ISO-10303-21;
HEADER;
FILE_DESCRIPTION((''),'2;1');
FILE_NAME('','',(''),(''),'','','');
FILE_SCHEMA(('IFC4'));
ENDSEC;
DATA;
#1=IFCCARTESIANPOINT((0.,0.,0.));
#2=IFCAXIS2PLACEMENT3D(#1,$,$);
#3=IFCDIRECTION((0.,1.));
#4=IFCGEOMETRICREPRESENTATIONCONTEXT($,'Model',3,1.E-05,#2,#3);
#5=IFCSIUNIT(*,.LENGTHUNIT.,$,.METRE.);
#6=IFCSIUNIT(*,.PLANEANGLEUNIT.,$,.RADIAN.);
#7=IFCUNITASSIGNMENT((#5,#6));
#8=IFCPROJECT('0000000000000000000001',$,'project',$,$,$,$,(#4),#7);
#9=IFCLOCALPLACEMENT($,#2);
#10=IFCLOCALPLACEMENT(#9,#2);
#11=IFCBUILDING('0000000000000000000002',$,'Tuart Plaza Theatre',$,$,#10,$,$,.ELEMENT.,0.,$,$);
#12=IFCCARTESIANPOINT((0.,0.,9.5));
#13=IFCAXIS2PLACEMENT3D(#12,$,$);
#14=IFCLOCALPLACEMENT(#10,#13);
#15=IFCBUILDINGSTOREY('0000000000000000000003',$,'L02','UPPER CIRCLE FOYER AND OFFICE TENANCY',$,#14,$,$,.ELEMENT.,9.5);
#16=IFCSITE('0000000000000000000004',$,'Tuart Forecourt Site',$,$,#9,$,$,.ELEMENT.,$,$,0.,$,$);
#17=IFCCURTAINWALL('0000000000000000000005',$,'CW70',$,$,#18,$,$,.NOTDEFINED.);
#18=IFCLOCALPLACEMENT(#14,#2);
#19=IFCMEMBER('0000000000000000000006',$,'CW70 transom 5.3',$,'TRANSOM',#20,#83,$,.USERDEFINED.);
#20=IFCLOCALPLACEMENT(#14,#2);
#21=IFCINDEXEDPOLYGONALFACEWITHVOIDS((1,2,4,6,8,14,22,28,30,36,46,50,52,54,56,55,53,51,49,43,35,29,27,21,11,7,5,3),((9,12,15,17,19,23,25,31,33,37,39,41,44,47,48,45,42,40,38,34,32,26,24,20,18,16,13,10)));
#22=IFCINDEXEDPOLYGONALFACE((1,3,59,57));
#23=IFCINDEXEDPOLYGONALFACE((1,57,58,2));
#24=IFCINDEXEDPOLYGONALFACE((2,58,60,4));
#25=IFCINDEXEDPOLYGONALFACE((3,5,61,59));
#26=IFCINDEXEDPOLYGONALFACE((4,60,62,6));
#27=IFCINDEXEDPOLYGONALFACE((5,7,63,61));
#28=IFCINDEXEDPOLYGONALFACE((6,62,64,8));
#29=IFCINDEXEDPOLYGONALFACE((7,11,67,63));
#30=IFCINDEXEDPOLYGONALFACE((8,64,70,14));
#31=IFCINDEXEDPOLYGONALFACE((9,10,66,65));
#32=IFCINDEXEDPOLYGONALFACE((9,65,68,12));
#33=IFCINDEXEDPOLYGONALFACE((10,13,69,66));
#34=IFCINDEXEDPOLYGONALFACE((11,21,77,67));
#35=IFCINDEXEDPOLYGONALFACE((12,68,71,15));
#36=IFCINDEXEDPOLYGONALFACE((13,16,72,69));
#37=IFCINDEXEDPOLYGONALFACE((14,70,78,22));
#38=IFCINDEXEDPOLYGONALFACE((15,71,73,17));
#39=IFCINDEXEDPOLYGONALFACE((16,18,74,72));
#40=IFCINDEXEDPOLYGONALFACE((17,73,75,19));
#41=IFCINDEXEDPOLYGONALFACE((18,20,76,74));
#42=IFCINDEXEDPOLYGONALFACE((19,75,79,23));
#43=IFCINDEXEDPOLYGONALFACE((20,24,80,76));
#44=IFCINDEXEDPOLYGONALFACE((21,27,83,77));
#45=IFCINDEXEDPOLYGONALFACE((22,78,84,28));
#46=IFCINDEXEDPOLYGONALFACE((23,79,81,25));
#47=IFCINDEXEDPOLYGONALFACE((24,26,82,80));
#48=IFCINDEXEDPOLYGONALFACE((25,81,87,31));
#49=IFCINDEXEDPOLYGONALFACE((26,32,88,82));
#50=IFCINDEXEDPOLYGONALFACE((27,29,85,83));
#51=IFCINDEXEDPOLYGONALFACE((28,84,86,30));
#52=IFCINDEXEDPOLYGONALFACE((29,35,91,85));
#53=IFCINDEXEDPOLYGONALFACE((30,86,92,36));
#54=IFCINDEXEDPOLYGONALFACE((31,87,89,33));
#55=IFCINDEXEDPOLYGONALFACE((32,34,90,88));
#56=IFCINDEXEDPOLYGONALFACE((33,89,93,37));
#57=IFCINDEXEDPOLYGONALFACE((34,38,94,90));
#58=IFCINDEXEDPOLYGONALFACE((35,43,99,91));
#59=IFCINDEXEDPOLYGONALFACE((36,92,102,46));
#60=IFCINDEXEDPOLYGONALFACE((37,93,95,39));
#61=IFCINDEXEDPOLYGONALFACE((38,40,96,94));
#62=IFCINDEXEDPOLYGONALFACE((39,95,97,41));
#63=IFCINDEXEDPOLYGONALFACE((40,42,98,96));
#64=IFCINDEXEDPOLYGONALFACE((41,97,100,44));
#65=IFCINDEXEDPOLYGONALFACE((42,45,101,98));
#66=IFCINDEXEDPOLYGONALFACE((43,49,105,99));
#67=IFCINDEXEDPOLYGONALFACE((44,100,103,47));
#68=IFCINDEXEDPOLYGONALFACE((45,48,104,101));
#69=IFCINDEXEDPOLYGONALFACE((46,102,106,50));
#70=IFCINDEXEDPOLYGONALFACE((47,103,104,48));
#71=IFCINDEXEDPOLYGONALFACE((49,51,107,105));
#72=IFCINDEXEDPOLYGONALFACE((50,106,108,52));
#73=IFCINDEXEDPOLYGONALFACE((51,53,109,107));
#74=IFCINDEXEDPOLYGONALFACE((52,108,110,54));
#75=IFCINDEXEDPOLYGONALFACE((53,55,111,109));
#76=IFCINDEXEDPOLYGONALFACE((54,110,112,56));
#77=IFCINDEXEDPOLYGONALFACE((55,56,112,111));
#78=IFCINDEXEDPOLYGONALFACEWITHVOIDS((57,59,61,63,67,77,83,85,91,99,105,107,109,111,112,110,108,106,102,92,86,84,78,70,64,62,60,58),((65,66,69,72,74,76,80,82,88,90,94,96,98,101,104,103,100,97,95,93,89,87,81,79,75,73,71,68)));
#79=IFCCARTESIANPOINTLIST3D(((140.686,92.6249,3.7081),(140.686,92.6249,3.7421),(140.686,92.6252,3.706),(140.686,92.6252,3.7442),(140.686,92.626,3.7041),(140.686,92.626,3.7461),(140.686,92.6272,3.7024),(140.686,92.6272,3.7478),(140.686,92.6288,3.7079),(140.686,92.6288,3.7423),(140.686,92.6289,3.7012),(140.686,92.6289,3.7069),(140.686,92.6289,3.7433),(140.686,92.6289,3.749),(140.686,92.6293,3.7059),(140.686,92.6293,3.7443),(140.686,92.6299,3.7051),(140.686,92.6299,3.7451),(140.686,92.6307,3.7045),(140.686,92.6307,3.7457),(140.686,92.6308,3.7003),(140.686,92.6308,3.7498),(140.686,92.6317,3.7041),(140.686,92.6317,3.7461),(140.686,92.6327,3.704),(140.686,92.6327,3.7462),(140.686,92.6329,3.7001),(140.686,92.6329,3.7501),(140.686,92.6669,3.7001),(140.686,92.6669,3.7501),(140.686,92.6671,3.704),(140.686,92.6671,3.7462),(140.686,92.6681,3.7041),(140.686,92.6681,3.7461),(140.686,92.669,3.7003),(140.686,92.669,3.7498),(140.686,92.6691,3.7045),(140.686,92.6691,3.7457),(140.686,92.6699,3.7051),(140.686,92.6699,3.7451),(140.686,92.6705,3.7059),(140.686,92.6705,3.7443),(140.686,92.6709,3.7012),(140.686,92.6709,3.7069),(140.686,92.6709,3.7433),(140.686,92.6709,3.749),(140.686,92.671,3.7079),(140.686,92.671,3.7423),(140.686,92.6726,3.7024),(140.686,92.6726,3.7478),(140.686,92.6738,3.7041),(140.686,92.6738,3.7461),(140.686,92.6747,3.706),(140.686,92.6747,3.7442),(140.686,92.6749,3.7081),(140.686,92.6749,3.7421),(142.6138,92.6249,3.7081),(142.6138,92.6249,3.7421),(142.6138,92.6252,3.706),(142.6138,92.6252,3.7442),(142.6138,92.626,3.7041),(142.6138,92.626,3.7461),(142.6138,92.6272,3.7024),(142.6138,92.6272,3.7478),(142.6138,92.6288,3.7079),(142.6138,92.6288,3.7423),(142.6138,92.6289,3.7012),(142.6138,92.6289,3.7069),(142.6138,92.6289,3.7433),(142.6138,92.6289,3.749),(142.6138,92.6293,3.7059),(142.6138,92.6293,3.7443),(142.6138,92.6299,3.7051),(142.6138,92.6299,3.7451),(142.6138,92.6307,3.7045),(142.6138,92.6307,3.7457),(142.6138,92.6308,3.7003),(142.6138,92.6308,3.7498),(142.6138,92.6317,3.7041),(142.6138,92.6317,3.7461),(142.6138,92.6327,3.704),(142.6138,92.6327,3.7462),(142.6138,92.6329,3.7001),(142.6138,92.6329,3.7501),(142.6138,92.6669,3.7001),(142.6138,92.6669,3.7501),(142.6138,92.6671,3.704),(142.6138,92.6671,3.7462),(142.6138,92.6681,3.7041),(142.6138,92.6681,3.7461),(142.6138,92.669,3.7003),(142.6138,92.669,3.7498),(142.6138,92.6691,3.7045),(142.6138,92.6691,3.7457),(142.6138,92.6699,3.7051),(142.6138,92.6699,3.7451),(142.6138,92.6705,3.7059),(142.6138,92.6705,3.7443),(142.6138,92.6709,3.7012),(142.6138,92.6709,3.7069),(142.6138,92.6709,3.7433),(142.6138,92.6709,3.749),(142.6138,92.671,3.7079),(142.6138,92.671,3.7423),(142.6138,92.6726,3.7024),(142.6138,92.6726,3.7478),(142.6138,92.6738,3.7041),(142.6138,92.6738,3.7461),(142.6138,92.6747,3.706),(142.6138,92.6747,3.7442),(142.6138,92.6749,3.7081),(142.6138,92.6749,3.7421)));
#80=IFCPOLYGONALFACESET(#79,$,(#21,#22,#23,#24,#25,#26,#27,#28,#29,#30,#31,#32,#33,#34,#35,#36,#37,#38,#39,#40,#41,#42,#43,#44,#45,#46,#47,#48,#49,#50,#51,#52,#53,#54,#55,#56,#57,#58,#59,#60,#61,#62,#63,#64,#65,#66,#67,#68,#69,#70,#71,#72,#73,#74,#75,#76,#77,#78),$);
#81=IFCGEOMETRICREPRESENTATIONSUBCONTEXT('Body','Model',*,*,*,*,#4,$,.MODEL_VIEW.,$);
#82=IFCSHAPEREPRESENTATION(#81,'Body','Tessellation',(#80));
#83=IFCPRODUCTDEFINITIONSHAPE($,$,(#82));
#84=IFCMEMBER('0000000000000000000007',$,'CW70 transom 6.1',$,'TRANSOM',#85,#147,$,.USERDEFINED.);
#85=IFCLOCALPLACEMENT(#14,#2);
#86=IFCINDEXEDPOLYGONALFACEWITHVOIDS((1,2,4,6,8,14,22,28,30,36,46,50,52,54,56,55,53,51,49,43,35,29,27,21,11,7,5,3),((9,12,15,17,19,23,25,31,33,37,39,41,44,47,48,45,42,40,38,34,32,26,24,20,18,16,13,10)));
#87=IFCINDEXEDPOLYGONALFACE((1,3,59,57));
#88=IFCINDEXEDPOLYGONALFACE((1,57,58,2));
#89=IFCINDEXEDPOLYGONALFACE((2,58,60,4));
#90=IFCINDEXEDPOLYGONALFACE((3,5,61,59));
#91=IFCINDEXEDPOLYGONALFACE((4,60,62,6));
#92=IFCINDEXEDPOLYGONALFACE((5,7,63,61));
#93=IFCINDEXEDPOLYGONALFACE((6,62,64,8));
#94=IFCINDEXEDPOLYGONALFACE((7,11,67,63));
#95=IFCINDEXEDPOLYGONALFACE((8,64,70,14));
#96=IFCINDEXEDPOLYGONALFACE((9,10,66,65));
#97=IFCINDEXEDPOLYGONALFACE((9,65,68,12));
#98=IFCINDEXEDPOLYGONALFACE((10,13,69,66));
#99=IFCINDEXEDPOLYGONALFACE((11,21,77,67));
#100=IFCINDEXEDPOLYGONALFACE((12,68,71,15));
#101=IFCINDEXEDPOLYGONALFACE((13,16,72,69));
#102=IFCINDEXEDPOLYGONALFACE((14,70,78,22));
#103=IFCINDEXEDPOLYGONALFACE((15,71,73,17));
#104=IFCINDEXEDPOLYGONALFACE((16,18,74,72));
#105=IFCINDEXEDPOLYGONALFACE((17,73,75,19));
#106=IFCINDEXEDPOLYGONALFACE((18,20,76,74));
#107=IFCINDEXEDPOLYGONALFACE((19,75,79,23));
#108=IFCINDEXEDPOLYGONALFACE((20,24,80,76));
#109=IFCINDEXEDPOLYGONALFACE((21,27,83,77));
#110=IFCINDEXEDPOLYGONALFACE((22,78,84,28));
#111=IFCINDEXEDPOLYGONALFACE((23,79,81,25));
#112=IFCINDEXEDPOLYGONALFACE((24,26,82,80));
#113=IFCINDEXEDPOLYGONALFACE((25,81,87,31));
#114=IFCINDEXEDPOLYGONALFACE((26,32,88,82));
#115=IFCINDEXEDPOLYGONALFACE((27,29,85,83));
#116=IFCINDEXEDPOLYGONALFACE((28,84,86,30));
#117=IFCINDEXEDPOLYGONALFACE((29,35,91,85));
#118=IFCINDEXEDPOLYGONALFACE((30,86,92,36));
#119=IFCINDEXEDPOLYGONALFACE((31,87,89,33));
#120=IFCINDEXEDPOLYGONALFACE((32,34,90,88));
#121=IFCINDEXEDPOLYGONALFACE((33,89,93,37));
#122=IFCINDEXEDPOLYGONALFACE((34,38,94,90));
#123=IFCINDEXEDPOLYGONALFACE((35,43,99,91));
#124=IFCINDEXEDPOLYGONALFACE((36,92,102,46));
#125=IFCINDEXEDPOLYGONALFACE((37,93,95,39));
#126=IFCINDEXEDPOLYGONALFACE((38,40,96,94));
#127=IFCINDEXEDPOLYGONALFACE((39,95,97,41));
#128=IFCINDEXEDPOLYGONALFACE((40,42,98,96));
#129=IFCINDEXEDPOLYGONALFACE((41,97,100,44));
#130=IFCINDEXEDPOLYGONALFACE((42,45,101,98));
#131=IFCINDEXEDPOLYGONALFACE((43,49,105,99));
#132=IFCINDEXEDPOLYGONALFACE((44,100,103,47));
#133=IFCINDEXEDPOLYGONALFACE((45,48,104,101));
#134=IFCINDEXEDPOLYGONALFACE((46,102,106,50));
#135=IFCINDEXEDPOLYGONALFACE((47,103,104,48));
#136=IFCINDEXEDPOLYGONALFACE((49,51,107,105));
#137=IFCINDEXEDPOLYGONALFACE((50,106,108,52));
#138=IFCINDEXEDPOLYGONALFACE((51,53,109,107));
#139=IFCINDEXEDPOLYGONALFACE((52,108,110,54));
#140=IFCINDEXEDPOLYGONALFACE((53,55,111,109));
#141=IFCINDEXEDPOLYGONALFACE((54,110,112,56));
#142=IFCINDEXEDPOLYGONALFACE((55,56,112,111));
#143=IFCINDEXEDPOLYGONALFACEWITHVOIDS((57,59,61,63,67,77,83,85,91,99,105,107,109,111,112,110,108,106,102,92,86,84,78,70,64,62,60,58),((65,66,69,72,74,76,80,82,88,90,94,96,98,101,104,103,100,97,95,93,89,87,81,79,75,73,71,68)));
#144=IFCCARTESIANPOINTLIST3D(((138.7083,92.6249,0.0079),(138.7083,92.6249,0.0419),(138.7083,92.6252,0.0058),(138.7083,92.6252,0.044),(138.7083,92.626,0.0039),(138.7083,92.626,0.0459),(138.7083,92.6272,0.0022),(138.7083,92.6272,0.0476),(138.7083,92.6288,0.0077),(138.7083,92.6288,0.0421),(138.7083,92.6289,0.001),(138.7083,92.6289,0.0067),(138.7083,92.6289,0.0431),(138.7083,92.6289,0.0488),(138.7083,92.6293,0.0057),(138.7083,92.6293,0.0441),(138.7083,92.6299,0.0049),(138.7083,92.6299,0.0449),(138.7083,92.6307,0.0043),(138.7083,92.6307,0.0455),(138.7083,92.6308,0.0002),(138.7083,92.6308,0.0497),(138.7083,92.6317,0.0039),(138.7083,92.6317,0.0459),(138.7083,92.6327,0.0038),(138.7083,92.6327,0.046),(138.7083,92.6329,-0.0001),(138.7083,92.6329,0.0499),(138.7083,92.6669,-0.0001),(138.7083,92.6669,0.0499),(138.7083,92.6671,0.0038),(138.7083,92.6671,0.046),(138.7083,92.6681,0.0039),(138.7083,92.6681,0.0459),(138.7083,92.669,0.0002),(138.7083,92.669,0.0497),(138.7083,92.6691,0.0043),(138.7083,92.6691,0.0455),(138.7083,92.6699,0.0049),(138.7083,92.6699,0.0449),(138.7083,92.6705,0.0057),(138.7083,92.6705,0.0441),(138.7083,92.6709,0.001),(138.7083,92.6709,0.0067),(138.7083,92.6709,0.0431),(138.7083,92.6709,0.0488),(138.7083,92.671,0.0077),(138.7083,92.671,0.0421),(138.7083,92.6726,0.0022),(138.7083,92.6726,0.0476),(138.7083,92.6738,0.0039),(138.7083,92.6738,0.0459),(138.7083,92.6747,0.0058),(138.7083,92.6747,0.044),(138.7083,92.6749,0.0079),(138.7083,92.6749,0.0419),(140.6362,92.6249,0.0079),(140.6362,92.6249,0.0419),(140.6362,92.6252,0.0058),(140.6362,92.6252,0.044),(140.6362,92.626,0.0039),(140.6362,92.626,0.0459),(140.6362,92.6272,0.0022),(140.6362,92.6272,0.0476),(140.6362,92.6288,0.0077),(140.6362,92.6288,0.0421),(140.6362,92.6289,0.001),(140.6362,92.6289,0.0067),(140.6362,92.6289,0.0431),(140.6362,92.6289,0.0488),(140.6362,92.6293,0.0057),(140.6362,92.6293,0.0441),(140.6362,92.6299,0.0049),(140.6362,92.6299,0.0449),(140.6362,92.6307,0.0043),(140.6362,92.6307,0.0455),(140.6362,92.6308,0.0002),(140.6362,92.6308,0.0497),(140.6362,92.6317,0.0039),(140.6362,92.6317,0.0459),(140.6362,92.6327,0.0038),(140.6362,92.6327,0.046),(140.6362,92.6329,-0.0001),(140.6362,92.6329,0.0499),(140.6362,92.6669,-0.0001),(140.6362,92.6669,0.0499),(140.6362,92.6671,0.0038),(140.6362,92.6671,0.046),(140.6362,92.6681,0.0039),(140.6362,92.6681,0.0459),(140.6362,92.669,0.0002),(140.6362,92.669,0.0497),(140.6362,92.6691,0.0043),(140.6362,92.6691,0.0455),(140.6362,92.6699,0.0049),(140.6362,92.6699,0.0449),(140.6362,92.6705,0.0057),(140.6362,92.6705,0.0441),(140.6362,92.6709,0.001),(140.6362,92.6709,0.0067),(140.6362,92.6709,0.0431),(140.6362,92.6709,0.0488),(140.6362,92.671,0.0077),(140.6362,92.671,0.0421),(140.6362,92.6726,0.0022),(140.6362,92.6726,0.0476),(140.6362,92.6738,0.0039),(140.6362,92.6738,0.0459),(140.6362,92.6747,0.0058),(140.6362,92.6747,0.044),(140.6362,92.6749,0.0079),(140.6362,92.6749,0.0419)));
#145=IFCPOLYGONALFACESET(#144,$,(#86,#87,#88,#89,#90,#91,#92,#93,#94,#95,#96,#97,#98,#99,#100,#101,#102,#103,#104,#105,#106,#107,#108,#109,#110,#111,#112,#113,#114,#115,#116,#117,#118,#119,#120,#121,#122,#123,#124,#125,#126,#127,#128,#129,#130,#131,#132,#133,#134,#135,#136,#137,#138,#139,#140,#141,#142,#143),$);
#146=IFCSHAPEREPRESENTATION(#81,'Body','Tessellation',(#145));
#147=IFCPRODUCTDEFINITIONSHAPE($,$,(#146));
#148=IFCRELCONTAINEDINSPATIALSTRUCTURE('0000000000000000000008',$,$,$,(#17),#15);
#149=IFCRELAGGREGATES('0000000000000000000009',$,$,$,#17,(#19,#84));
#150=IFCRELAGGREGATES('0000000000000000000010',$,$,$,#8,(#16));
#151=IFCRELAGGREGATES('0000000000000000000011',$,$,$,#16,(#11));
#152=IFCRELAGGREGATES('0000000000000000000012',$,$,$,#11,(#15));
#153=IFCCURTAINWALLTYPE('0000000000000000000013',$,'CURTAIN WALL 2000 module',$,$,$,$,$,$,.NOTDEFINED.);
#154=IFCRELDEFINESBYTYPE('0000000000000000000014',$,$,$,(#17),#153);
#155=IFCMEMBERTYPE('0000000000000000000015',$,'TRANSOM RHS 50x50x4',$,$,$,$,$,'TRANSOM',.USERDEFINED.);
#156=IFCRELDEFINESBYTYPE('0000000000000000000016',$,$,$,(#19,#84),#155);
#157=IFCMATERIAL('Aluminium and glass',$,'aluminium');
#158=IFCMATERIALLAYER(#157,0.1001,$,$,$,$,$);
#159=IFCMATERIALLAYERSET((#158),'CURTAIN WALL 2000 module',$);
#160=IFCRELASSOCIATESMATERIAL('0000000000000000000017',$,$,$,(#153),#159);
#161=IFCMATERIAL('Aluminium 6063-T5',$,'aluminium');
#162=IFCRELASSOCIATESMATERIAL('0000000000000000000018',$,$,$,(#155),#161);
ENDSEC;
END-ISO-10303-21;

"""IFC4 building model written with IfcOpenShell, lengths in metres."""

from ifc_helpers import new_model, si_unit, direction, frame, origin, origin_2d, place, context, subcontext, project, spatial, hollow_rectangle, extrude, material, layer, layer_set, material_profile, profile_set, type_object, element, aggregate, save


model = new_model("IFC4")

# Units and contexts
model_context = context("Model", 3, precision=1e-05, world=origin(), true_north=direction((0.0, 1.0)))
body_context = subcontext(model_context, "Body", "Model", "MODEL_VIEW")
ifc_project = project(units=[si_unit("LENGTHUNIT", "METRE"), si_unit("PLANEANGLEUNIT", "RADIAN")], contexts=[model_context])

# Site, building, storey
site_placement = place(None, origin())
site = spatial("IfcSite", under=ifc_project, at=site_placement, Name="Tuart Forecourt Site", CompositionType="ELEMENT", RefElevation=0.0)
building_placement = place(site_placement, origin())
building = spatial("IfcBuilding", under=site, at=building_placement, Name="Tuart Plaza Theatre", CompositionType="ELEMENT", ElevationOfRefHeight=0.0)
storey_placement = place(building_placement, frame((0.0, 0.0, 9.5)))
storey = spatial("IfcBuildingStorey", under=building, at=storey_placement, Name="L02", Description="UPPER CIRCLE FOYER AND OFFICE TENANCY", CompositionType="ELEMENT", Elevation=9.5)

# Curtain wall, members
ifc_material_1 = material(Name="Aluminium and glass", Category="aluminium")
ifc_layer_1 = layer(ifc_material_1, 0.1001)
ifc_layer_set_1 = layer_set([ifc_layer_1], Name="CURTAIN WALL 2000 module")
curtain_wall_type = type_object("IfcCurtainWallType", Name="CURTAIN WALL 2000 module", PredefinedType="NOTDEFINED", material=ifc_layer_set_1)
curtain_wall_placement = place(storey_placement, origin())
curtain_wall = element("IfcCurtainWall", 1, at=curtain_wall_placement, inside=storey, type_object=curtain_wall_type, Name="CW70", PredefinedType="NOTDEFINED")
ifc_material_2 = material(Name="Aluminium 6063-T5", Category="aluminium")
ifc_material_profile_1 = material_profile(ifc_material_2, hollow_rectangle(XDim=0.05, YDim=0.05, WallThickness=0.0039, InnerFilletRadius=0.0039, OuterFilletRadius=0.0081, at=origin_2d()), Name="RHS 50x50x4")
ifc_profile_set_1 = profile_set([ifc_material_profile_1], Name="Aluminium 6063-T5")
member_type_1 = type_object("IfcMemberType", Name="TRANSOM RHS 50x50x4", ElementType="TRANSOM", PredefinedType="USERDEFINED", material=ifc_profile_set_1)
member_1_placement = place(storey_placement, frame((142.6138, 92.6499, 3.7251), z_axis=(-1.0, 0.0, 0.0), x_axis=(0.0, -1.0, 0.0)))
member_1 = element("IfcMember", 2, at=member_1_placement, type_object=member_type_1, Name="CW70 transom 5.3", ObjectType="TRANSOM", PredefinedType="USERDEFINED", context=body_context, shape_type="SweptSolid", body=[
    extrude(hollow_rectangle(XDim=0.05, YDim=0.05, WallThickness=0.0039, InnerFilletRadius=0.0039, OuterFilletRadius=0.0081, at=origin_2d()), origin(), (0.0, 0.0, 1.0), 1.9277),
])
member_2_placement = place(storey_placement, frame((140.6362, 92.6499, 0.0249), z_axis=(-1.0, 0.0, 0.0), x_axis=(0.0, -1.0, 0.0)))
member_2 = element("IfcMember", 3, at=member_2_placement, type_object=member_type_1, Name="CW70 transom 6.1", ObjectType="TRANSOM", PredefinedType="USERDEFINED", context=body_context, shape_type="SweptSolid", body=[
    extrude(hollow_rectangle(XDim=0.05, YDim=0.05, WallThickness=0.0039, InnerFilletRadius=0.0039, OuterFilletRadius=0.0081, at=origin_2d()), origin(), (0.0, 0.0, 1.0), 1.928),
])
aggregate(curtain_wall, [member_1, member_2])

save(model, "model.ifc")
